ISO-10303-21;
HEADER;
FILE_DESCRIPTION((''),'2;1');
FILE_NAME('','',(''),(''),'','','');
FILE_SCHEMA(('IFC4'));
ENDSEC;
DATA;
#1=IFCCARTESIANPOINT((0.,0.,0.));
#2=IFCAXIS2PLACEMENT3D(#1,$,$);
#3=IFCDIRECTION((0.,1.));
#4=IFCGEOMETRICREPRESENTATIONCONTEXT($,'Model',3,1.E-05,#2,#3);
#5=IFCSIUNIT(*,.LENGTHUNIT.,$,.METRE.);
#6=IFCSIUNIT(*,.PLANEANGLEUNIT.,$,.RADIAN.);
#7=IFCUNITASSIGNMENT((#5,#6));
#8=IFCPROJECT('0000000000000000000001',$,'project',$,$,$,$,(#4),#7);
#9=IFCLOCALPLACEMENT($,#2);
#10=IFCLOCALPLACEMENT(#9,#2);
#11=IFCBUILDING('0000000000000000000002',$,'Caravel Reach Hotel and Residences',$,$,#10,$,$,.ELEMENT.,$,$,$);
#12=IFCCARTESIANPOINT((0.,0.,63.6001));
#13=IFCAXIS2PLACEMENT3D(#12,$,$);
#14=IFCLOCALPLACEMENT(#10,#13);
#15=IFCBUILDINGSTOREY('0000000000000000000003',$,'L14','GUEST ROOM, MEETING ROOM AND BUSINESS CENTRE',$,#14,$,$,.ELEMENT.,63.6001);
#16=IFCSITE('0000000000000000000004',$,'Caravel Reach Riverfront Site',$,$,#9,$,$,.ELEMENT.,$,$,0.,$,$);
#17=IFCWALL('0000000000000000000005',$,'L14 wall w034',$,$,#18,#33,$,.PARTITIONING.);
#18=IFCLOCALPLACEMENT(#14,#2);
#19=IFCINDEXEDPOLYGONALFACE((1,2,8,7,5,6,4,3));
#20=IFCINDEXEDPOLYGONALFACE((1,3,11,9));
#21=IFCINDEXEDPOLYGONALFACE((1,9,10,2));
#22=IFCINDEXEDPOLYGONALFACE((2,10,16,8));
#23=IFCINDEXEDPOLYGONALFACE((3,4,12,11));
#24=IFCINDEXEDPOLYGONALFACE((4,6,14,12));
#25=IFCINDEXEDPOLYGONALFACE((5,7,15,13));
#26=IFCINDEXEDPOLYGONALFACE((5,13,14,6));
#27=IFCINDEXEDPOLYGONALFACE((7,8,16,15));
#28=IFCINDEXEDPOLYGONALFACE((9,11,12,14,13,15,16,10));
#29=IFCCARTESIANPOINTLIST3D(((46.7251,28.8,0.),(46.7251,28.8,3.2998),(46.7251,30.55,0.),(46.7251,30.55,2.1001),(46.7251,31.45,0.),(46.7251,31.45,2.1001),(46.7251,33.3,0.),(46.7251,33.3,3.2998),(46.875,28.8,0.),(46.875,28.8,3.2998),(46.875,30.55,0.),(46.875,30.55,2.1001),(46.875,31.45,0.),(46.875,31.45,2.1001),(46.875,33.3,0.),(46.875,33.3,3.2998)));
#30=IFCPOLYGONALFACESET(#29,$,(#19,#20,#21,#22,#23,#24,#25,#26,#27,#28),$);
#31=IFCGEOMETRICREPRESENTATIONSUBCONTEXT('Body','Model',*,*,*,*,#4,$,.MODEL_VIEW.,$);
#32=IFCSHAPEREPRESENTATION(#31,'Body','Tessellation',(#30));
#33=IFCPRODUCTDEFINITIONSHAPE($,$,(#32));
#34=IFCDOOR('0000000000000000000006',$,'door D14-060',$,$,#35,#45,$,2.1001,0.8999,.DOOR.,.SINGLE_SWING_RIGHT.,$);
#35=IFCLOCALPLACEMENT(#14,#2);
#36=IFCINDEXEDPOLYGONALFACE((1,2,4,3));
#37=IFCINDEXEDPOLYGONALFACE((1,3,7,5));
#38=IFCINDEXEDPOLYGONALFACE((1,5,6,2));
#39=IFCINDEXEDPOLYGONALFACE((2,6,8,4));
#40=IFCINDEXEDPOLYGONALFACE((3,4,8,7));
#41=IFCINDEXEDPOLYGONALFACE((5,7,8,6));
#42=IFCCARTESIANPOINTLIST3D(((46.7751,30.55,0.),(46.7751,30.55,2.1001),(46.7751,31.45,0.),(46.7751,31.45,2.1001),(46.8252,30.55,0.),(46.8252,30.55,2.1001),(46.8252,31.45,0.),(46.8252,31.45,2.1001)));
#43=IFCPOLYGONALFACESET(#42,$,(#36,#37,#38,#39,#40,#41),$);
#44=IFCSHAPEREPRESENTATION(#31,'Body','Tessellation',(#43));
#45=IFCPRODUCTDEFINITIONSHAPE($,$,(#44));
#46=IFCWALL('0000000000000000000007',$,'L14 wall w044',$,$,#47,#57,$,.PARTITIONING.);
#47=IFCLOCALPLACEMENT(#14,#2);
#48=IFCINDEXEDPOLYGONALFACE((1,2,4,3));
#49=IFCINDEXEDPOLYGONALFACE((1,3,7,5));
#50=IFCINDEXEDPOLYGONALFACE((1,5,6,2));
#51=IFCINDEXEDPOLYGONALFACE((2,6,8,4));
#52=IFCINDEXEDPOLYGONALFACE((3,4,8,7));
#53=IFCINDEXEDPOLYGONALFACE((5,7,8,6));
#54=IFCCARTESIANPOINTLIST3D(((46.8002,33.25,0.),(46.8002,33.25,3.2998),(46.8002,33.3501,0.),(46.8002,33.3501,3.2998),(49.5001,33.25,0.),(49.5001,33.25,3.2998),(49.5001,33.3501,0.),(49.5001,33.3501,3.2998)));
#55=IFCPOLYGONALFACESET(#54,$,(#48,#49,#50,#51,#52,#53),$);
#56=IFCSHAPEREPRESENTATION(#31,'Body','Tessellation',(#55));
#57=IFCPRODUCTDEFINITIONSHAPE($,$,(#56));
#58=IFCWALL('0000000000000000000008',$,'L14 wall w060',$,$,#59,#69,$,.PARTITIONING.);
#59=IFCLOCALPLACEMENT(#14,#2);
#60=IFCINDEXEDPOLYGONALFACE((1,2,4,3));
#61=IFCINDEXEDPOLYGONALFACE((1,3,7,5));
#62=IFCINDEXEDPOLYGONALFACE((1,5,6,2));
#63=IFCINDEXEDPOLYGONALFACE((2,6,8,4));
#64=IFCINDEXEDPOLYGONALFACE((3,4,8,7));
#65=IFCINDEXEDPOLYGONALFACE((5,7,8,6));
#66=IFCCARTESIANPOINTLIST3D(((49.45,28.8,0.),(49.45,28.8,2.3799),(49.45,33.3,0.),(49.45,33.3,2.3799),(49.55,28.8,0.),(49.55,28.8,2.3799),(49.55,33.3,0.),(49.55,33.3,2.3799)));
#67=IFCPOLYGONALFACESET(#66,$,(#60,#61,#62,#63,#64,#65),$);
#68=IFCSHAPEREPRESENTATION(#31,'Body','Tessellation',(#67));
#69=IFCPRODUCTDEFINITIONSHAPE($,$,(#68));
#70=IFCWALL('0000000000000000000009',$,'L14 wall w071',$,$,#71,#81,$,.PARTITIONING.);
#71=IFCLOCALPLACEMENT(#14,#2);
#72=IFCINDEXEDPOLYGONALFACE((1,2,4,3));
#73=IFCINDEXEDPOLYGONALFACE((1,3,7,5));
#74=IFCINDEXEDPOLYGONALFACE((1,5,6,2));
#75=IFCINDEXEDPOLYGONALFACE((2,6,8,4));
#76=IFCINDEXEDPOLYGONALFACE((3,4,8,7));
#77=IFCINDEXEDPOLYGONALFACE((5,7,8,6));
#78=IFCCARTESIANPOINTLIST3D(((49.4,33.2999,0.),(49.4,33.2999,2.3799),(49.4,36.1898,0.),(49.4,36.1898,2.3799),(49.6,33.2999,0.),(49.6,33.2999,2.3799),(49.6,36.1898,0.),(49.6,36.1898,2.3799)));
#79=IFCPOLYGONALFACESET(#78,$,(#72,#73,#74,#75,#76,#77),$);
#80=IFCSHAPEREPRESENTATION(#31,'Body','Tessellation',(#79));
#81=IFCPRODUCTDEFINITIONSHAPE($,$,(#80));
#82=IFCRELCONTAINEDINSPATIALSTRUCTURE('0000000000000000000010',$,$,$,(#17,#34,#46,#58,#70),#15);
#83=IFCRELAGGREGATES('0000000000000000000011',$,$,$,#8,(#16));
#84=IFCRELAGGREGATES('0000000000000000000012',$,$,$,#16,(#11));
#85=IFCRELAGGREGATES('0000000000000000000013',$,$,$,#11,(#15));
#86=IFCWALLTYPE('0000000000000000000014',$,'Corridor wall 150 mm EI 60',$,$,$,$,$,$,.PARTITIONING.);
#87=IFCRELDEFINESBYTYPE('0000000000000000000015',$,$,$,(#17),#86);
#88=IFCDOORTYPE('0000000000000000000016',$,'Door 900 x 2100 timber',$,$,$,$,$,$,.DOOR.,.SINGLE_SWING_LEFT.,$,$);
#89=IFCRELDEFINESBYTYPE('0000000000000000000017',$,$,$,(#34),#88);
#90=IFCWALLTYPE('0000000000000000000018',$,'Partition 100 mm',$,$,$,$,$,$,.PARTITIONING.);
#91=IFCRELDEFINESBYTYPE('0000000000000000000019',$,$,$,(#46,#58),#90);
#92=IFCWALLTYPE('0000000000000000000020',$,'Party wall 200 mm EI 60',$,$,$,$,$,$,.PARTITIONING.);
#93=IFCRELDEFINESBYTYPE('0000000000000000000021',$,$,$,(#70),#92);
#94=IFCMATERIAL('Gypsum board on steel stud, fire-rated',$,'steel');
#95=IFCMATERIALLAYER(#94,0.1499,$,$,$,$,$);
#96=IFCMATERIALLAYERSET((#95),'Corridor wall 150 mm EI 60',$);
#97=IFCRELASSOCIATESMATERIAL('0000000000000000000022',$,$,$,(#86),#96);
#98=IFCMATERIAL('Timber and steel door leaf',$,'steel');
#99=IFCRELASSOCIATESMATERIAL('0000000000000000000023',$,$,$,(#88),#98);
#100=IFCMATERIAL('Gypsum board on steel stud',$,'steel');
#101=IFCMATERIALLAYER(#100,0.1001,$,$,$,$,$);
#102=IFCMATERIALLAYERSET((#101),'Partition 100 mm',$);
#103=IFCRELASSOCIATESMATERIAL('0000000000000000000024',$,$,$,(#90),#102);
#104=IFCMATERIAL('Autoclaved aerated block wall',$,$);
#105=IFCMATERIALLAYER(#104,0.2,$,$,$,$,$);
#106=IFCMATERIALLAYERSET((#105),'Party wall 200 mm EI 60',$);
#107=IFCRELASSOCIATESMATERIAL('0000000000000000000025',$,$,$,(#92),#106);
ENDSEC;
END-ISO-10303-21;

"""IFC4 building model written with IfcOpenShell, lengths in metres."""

from ifc_helpers import new_model, si_unit, direction, frame, frame_2d, origin, place, context, subcontext, project, spatial, rectangle, extrude, material, layer, layer_set, type_object, element, fill, save


model = new_model("IFC4")

# Units and contexts
model_context = context("Model", 3, precision=1e-05, world=origin(), true_north=direction((0.0, 1.0)))
body_context = subcontext(model_context, "Body", "Model", "MODEL_VIEW")
ifc_project = project(units=[si_unit("LENGTHUNIT", "METRE"), si_unit("PLANEANGLEUNIT", "RADIAN")], contexts=[model_context])

# Site, building, storey
site_placement = place(None, origin())
site = spatial("IfcSite", under=ifc_project, at=site_placement, Name="Caravel Reach Riverfront Site", CompositionType="ELEMENT", RefElevation=0.0)
building_placement = place(site_placement, origin())
building = spatial("IfcBuilding", under=site, at=building_placement, Name="Caravel Reach Hotel and Residences", CompositionType="ELEMENT")
storey_placement = place(building_placement, frame((0.0, 0.0, 63.6001)))
storey = spatial("IfcBuildingStorey", under=building, at=storey_placement, Name="L14", Description="GUEST ROOM, MEETING ROOM AND BUSINESS CENTRE", CompositionType="ELEMENT", Elevation=63.6001)

# Wall, opening, door
ifc_material_1 = material(Name="Gypsum board on steel stud, fire-rated", Category="steel")
ifc_layer_1 = layer(ifc_material_1, 0.1499)
ifc_layer_set_1 = layer_set([ifc_layer_1], Name="Corridor wall 150 mm EI 60")
wall_type_1 = type_object("IfcWallType", Name="Corridor wall 150 mm EI 60", PredefinedType="PARTITIONING", material=ifc_layer_set_1)
wall_1_placement = place(storey_placement, frame((46.8, 28.8, 0.0), z_axis=(0.0, 0.0, 1.0), x_axis=(0.0, 1.0, 0.0)))
wall_1 = element("IfcWall", 1, at=wall_1_placement, inside=storey, type_object=wall_type_1, Name="L14 wall w034", PredefinedType="PARTITIONING", context=body_context, shape_type="SweptSolid", body=[
    extrude(rectangle(XDim=4.5, YDim=0.1499, at=frame_2d((2.25, 0.0))), origin(), (0.0, 0.0, 1.0), 3.2998),
])
opening_1_placement = place(wall_1_placement, frame((1.75, 0.0, 0.0)))
opening_1 = element("IfcOpeningElement", 2, at=opening_1_placement, cuts=wall_1, PredefinedType="OPENING", context=body_context, shape_type="SweptSolid", body=[
    extrude(rectangle(XDim=0.8999, YDim=2.1001, at=frame_2d((0.45, 1.05))), frame((0.0, 0.085, 0.0), z_axis=(0.0, -1.0, 0.0), x_axis=(1.0, 0.0, 0.0)), (0.0, 0.0, 1.0), 0.1699),
])
ifc_material_2 = material(Name="Timber and steel door leaf", Category="steel")
door_type_1 = type_object("IfcDoorType", Name="Door 900 x 2100 timber", OperationType="SINGLE_SWING_LEFT", PredefinedType="DOOR", material=ifc_material_2)
door_1_placement = place(opening_1_placement, origin())
door_1 = element("IfcDoor", 3, at=door_1_placement, inside=storey, type_object=door_type_1, Name="door D14-060", OperationType="SINGLE_SWING_RIGHT", OverallHeight=2.1001, OverallWidth=0.8999, PredefinedType="DOOR", context=body_context, shape_type="SweptSolid", body=[
    extrude(rectangle(XDim=0.8999, YDim=2.1001, at=frame_2d((0.45, 1.05))), frame((0.0, 0.0249, 0.0), z_axis=(0.0, -1.0, 0.0), x_axis=(1.0, 0.0, 0.0)), (0.0, 0.0, 1.0), 0.05),
])
fill(opening_1, door_1)

# Walls
ifc_material_3 = material(Name="Gypsum board on steel stud", Category="steel")
ifc_layer_2 = layer(ifc_material_3, 0.1001)
ifc_layer_set_2 = layer_set([ifc_layer_2], Name="Partition 100 mm")
wall_type_2 = type_object("IfcWallType", Name="Partition 100 mm", PredefinedType="PARTITIONING", material=ifc_layer_set_2)
wall_2_placement = place(storey_placement, frame((46.8, 33.3, 0.0), z_axis=(0.0, 0.0, 1.0), x_axis=(1.0, 0.0, 0.0)))
element("IfcWall", 4, at=wall_2_placement, inside=storey, type_object=wall_type_2, Name="L14 wall w044", PredefinedType="PARTITIONING", context=body_context, shape_type="SweptSolid", body=[
    extrude(rectangle(XDim=2.7, YDim=0.1001, at=frame_2d((1.3501, 0.0))), origin(), (0.0, 0.0, 1.0), 3.2998),
])
wall_3_placement = place(storey_placement, frame((49.5, 28.8, 0.0), z_axis=(0.0, 0.0, 1.0), x_axis=(0.0, 1.0, 0.0)))
element("IfcWall", 5, at=wall_3_placement, inside=storey, type_object=wall_type_2, Name="L14 wall w060", PredefinedType="PARTITIONING", context=body_context, shape_type="SweptSolid", body=[
    extrude(rectangle(XDim=4.5, YDim=0.1001, at=frame_2d((2.25, 0.0))), origin(), (0.0, 0.0, 1.0), 2.3799),
])
ifc_material_4 = material(Name="Autoclaved aerated block wall")
ifc_layer_3 = layer(ifc_material_4, 0.2)
ifc_layer_set_3 = layer_set([ifc_layer_3], Name="Party wall 200 mm EI 60")
wall_type_3 = type_object("IfcWallType", Name="Party wall 200 mm EI 60", PredefinedType="PARTITIONING", material=ifc_layer_set_3)
wall_4_placement = place(storey_placement, frame((49.5, 33.3, 0.0), z_axis=(0.0, 0.0, 1.0), x_axis=(0.0, 1.0, 0.0)))
element("IfcWall", 6, at=wall_4_placement, inside=storey, type_object=wall_type_3, Name="L14 wall w071", PredefinedType="PARTITIONING", context=body_context, shape_type="SweptSolid", body=[
    extrude(rectangle(XDim=2.8899, YDim=0.2, at=frame_2d((1.4448, 0.0))), origin(), (0.0, 0.0, 1.0), 2.3799),
])

save(model, "model.ifc")
